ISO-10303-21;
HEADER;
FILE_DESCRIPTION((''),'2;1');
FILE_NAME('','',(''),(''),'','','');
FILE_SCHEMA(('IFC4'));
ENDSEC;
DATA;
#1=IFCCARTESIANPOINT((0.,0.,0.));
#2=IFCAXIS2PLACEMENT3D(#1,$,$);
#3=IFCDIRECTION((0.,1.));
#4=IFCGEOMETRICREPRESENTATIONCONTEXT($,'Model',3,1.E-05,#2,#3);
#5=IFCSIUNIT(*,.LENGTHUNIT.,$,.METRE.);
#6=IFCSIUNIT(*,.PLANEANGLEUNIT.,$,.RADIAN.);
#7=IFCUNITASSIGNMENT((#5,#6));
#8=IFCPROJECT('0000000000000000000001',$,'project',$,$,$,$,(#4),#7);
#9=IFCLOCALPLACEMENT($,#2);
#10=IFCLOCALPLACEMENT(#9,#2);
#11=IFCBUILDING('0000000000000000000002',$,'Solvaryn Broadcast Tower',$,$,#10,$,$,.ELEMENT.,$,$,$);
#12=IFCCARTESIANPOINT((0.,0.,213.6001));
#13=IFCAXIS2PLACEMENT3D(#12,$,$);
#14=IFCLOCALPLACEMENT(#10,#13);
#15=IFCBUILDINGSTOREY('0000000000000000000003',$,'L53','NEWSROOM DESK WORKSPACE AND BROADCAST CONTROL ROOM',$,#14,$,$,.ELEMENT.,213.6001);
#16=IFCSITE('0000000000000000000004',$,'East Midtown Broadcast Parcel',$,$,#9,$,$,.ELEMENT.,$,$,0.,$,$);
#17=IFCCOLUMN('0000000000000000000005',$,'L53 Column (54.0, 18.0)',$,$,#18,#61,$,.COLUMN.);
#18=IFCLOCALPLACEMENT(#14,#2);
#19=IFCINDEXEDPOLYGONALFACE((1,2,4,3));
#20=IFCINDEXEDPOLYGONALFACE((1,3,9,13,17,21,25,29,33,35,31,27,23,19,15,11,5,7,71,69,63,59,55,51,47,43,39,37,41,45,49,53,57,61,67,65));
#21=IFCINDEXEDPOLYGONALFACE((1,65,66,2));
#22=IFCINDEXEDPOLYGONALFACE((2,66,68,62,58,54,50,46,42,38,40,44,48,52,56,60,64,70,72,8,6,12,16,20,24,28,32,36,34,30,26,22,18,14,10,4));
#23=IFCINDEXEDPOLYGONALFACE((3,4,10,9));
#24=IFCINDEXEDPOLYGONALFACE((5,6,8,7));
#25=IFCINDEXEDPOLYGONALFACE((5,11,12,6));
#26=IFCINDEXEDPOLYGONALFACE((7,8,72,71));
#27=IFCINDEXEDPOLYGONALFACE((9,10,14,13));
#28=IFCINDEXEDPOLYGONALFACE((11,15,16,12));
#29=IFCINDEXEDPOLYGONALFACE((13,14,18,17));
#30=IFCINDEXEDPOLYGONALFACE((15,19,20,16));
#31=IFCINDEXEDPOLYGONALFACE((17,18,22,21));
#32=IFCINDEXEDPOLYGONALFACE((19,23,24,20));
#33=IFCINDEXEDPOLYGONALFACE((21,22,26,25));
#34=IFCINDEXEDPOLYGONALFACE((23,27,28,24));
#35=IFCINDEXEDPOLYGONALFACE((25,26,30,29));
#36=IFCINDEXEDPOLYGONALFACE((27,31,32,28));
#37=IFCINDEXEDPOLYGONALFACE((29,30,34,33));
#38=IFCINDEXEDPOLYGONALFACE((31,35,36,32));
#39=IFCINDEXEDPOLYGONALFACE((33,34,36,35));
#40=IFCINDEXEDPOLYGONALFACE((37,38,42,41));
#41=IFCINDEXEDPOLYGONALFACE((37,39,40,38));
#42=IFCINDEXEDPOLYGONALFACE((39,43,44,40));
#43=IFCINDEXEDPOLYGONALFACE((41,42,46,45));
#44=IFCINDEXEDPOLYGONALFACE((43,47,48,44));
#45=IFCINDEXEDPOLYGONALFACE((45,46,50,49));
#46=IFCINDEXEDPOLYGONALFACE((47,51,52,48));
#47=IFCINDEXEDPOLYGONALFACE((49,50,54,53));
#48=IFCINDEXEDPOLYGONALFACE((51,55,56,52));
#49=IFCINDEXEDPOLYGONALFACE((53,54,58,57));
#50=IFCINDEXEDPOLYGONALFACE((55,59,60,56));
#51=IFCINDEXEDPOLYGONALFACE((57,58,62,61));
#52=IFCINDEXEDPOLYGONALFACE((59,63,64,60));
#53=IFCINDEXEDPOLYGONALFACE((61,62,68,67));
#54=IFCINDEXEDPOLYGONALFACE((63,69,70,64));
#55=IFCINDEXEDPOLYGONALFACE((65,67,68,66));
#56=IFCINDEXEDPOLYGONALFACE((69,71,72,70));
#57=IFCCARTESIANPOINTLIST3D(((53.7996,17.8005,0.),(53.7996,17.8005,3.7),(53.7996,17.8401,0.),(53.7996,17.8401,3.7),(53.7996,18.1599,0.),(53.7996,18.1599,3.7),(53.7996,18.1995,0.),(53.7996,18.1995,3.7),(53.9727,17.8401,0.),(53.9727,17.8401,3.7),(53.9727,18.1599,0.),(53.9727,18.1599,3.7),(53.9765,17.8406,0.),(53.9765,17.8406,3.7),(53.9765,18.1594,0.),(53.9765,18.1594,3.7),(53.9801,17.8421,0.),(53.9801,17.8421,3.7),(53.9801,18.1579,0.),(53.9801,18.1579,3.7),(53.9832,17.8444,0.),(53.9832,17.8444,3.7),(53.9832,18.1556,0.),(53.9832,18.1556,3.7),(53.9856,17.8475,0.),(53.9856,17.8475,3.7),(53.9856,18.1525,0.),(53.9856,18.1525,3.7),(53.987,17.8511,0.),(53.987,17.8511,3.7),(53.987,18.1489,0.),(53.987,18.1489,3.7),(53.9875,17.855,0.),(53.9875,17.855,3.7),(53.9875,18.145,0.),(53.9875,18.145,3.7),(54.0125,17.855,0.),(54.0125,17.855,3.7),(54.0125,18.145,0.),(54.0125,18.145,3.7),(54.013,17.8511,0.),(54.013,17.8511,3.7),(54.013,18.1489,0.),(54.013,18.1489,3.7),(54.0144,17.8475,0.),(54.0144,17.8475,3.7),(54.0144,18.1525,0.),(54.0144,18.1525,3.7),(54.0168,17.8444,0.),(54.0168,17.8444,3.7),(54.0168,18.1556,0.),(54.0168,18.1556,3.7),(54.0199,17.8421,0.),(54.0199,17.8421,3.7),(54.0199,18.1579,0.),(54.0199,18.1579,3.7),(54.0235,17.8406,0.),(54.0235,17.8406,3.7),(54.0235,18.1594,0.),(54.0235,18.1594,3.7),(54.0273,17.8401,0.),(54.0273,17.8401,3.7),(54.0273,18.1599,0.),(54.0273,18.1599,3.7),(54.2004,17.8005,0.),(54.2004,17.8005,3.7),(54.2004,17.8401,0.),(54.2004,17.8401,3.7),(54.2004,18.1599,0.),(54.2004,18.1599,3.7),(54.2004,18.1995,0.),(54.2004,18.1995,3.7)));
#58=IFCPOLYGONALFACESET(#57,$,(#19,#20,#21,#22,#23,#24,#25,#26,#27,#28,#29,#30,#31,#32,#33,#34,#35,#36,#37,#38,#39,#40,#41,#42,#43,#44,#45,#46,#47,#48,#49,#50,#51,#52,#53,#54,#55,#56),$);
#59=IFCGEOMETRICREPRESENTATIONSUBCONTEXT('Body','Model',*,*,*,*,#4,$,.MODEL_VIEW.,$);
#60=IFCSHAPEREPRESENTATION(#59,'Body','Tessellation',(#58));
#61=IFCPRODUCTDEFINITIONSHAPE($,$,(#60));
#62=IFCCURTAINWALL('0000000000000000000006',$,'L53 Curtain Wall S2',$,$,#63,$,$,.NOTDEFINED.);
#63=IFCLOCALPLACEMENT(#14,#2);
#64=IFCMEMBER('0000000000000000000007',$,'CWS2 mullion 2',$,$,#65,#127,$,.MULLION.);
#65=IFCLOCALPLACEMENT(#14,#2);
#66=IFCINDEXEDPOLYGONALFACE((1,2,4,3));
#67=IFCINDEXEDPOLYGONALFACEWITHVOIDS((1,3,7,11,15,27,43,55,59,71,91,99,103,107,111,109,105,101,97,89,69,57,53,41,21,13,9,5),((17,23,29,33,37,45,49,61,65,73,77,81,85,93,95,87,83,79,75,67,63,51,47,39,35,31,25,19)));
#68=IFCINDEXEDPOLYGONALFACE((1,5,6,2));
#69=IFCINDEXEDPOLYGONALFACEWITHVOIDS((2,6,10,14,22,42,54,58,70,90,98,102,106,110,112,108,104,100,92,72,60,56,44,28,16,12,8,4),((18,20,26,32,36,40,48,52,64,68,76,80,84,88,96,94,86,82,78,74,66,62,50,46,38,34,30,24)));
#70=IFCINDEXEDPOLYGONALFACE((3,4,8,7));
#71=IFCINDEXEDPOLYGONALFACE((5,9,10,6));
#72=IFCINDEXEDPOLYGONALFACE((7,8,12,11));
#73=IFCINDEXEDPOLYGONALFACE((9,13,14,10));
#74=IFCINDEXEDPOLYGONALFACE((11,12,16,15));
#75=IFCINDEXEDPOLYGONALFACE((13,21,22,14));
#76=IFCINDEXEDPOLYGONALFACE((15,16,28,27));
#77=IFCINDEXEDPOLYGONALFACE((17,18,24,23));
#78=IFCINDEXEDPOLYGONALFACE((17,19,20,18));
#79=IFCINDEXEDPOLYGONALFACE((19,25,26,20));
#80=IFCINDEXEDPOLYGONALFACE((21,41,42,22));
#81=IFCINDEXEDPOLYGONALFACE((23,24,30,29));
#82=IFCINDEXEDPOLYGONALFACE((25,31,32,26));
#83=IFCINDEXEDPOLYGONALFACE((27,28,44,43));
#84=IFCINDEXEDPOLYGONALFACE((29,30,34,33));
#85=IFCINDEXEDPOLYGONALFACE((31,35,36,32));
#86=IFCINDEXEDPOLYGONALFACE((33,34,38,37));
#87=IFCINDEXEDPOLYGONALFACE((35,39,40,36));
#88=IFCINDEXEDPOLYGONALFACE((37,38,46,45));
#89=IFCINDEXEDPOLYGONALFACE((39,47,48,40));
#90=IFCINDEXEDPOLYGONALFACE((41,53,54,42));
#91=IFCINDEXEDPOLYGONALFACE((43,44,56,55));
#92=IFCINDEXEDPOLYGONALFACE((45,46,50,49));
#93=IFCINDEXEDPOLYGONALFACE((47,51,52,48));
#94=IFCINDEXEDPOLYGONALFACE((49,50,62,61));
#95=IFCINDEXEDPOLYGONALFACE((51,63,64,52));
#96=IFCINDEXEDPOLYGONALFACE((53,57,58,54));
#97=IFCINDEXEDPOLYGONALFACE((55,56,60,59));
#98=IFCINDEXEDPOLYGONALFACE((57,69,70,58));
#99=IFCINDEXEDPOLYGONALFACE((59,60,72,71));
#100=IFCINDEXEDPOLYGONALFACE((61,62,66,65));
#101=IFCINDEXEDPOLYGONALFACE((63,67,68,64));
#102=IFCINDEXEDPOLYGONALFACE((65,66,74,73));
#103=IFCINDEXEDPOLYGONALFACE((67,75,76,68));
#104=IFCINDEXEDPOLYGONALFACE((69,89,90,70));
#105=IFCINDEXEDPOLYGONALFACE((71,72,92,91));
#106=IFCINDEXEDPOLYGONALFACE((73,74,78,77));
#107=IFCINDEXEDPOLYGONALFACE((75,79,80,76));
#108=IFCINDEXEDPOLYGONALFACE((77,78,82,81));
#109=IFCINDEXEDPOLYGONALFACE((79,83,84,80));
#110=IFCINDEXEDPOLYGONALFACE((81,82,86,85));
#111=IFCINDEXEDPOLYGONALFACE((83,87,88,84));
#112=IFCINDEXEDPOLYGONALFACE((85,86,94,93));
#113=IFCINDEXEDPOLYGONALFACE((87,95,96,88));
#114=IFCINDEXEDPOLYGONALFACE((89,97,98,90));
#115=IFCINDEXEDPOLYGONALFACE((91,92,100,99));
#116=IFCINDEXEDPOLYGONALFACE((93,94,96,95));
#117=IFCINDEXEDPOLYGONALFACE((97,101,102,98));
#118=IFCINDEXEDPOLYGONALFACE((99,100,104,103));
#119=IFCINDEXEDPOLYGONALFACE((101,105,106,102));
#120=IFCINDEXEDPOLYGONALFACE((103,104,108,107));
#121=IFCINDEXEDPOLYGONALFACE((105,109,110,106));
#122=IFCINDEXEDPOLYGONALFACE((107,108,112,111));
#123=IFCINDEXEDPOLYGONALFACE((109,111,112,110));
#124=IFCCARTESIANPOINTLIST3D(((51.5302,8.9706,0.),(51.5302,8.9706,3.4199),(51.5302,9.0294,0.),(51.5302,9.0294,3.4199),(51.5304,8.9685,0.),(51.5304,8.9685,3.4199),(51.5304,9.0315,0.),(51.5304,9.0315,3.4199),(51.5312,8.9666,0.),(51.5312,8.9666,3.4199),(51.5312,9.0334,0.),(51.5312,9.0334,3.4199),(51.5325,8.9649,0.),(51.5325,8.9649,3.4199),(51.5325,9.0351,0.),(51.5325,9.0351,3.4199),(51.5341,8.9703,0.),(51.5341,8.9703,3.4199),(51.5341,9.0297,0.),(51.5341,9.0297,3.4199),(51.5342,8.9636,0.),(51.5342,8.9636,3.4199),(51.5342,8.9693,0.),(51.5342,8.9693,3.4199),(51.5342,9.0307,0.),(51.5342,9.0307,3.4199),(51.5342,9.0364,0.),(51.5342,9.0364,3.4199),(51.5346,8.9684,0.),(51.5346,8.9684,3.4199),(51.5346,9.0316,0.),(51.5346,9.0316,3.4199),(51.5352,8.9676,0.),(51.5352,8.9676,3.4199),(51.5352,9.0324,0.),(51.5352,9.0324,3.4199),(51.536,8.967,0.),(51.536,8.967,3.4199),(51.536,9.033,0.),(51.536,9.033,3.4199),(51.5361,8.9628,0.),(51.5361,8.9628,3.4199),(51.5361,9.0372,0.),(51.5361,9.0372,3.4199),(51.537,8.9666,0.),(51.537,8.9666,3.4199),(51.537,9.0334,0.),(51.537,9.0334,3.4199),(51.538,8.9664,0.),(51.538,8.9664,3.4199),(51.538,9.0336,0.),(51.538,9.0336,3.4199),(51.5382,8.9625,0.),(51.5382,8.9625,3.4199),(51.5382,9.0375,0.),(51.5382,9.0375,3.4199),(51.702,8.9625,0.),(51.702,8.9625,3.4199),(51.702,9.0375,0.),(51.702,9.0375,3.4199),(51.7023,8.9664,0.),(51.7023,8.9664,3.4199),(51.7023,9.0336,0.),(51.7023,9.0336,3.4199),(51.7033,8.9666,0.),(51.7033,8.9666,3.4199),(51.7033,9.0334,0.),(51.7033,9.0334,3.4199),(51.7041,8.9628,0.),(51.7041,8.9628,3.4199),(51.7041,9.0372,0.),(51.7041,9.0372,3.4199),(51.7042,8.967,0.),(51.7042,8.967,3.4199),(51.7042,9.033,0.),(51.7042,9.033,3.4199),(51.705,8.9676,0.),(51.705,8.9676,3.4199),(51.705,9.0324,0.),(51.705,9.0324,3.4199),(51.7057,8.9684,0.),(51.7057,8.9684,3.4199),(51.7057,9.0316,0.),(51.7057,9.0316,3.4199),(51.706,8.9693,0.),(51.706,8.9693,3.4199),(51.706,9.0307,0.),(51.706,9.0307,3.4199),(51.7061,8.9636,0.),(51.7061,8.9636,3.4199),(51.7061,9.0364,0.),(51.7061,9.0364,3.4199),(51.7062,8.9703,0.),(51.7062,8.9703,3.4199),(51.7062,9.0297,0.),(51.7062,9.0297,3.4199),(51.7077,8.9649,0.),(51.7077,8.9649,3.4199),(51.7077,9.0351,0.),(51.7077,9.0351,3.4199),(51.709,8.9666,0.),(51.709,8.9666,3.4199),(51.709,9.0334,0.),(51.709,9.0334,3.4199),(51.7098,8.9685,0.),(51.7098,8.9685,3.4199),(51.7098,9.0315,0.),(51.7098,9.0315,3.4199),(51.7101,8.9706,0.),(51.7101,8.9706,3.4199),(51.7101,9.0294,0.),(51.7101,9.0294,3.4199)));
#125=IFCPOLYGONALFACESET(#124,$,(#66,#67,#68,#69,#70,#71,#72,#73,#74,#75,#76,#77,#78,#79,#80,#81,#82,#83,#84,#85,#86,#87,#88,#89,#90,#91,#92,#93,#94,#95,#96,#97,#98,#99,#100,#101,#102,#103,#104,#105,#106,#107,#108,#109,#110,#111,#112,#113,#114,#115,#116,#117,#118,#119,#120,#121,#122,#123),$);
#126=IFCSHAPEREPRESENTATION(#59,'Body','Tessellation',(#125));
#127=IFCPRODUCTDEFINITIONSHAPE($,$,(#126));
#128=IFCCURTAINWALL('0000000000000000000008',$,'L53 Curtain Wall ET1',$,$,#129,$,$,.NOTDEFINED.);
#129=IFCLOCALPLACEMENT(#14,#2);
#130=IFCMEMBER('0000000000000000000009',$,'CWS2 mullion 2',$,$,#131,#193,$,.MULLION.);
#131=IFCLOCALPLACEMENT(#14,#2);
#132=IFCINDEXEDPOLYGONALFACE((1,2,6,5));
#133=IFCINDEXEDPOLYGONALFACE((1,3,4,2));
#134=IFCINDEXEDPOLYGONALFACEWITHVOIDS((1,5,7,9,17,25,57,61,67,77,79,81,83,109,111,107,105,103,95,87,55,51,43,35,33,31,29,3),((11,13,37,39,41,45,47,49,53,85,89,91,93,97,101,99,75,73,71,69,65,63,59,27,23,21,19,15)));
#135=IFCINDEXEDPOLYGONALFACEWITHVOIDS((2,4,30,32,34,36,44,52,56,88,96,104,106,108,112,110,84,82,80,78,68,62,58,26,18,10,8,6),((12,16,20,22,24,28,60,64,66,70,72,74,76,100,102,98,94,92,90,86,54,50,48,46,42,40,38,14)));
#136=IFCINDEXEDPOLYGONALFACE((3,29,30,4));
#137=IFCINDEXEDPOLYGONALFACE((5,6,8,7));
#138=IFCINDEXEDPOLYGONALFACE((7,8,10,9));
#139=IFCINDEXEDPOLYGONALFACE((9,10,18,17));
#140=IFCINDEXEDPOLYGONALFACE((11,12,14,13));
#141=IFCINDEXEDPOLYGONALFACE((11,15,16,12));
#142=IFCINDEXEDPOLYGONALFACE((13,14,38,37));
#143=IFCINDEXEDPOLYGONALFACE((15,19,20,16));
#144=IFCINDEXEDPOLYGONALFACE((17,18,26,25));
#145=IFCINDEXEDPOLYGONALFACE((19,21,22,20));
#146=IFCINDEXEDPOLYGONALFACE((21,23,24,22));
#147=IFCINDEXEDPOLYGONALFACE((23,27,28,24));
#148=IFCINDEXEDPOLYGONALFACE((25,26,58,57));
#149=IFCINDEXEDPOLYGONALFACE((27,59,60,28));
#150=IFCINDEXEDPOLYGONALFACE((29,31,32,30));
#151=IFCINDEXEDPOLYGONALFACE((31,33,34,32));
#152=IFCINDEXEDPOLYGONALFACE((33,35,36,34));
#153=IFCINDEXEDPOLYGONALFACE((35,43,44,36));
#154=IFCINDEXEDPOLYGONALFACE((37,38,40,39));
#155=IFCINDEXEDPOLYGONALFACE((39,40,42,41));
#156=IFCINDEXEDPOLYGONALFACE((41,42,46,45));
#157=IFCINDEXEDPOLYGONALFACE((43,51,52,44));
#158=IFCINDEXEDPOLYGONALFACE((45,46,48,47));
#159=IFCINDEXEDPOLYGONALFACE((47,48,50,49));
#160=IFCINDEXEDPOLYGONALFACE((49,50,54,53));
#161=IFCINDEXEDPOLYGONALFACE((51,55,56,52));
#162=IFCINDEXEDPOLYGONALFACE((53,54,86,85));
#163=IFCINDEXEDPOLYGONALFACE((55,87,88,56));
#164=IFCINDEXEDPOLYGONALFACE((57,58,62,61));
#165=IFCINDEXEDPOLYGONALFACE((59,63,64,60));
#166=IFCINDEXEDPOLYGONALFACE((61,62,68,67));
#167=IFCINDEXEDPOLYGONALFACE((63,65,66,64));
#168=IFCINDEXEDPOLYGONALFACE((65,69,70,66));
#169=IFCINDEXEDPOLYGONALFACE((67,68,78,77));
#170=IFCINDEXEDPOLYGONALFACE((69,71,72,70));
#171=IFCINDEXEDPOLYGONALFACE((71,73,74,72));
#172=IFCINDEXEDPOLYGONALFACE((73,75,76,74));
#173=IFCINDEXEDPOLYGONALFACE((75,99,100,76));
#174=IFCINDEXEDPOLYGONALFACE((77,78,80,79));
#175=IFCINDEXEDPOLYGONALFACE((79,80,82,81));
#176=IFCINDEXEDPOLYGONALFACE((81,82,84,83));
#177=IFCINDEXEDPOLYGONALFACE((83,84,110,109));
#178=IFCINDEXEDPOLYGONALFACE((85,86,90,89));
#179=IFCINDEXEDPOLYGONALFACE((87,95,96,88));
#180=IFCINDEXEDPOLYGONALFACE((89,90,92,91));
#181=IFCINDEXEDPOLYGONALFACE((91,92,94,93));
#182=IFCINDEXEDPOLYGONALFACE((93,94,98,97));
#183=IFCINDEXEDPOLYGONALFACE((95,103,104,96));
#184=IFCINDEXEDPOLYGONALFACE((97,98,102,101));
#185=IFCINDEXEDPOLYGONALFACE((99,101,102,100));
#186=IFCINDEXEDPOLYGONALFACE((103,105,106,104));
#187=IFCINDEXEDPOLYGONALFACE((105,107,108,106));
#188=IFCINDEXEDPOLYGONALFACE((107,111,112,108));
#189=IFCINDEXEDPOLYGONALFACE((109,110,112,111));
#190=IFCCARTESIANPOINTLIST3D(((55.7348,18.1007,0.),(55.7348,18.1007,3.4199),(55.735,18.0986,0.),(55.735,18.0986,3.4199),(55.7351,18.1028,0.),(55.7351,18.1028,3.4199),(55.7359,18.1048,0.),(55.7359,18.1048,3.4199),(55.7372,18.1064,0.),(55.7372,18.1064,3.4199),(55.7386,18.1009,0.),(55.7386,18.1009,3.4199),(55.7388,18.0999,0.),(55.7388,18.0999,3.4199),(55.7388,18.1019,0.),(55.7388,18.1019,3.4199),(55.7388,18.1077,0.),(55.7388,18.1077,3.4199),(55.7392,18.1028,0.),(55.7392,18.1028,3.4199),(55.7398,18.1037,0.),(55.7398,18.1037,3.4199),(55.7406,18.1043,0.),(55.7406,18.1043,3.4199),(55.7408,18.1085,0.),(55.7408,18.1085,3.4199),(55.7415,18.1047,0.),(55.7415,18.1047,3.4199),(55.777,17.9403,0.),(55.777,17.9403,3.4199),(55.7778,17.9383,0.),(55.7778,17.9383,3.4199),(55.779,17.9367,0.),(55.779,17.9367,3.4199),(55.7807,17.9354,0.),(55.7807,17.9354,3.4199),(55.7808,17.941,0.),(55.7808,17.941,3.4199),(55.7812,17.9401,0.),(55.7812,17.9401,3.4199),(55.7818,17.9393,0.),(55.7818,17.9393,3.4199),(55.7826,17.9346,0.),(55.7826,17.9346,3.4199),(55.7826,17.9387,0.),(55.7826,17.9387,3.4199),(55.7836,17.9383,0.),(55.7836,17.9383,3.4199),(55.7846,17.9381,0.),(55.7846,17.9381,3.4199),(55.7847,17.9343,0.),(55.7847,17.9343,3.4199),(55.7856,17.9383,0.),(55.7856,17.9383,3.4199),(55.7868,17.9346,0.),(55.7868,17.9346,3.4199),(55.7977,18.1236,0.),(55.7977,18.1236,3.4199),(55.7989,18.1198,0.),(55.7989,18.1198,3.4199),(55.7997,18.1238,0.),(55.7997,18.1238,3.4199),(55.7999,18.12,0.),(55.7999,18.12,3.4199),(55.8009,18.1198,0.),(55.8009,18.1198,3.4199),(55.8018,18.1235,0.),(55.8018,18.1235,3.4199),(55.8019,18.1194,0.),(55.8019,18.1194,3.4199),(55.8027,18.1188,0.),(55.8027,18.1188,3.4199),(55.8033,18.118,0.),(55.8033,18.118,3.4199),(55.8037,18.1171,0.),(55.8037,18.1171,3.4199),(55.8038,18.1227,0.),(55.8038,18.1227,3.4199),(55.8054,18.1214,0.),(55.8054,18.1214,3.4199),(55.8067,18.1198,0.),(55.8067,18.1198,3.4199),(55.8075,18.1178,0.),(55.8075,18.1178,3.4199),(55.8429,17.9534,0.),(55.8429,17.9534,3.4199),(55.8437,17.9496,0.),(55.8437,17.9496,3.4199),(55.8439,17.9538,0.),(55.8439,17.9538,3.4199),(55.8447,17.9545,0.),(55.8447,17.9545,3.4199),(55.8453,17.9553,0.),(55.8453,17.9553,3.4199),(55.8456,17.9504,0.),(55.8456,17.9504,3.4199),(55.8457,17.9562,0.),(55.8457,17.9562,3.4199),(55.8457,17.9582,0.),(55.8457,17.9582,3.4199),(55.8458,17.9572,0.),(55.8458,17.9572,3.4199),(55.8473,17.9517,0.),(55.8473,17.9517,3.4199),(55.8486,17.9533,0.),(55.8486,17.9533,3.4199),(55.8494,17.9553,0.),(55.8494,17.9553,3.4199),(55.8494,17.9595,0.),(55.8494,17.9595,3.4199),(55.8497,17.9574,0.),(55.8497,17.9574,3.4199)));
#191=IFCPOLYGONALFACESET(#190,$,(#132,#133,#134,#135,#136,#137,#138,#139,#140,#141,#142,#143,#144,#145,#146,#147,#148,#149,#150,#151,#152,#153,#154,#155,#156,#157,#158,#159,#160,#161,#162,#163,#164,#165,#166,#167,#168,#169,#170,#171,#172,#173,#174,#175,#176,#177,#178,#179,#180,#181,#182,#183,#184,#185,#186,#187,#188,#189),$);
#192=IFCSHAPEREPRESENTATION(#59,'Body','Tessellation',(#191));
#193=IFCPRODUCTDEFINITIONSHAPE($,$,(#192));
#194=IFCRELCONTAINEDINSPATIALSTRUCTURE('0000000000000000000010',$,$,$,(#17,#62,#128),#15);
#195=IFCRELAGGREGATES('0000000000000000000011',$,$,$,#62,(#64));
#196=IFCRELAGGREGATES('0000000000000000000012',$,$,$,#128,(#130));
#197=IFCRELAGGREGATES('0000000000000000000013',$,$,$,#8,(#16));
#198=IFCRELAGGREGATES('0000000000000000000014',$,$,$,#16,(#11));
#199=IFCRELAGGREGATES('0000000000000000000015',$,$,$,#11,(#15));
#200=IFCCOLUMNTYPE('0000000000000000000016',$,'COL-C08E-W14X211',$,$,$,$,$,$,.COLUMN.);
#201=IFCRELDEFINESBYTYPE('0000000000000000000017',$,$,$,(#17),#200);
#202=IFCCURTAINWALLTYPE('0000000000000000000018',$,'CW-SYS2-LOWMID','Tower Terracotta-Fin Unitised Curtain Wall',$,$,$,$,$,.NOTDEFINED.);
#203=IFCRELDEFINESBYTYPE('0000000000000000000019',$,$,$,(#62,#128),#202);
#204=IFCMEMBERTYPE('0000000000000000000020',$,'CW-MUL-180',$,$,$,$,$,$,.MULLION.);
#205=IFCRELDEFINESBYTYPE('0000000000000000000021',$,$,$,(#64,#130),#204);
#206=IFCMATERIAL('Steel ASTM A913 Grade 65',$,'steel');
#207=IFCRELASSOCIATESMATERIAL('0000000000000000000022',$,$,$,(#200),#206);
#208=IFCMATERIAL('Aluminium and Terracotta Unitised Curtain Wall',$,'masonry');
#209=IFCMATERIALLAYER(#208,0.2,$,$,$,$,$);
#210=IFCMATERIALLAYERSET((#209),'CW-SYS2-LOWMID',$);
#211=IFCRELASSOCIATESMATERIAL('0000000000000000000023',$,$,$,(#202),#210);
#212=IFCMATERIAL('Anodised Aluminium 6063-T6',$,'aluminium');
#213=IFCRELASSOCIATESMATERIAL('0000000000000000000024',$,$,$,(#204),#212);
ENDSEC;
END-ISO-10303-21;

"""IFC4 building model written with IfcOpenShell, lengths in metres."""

from ifc_helpers import new_model, si_unit, direction, frame, origin, origin_2d, place, context, subcontext, project, spatial, hollow_rectangle, i_section, extrude, material, layer, layer_set, material_profile, profile_set, type_object, element, aggregate, save


model = new_model("IFC4")

# Units and contexts
model_context = context("Model", 3, precision=1e-05, world=origin(), true_north=direction((0.0, 1.0)))
body_context = subcontext(model_context, "Body", "Model", "MODEL_VIEW")
ifc_project = project(units=[si_unit("LENGTHUNIT", "METRE"), si_unit("PLANEANGLEUNIT", "RADIAN")], contexts=[model_context])

# Site, building, storey
site_placement = place(None, origin())
site = spatial("IfcSite", under=ifc_project, at=site_placement, Name="East Midtown Broadcast Parcel", CompositionType="ELEMENT", RefElevation=0.0)
building_placement = place(site_placement, origin())
building = spatial("IfcBuilding", under=site, at=building_placement, Name="Solvaryn Broadcast Tower", CompositionType="ELEMENT")
storey_placement = place(building_placement, frame((0.0, 0.0, 213.6001)))
storey = spatial("IfcBuildingStorey", under=building, at=storey_placement, Name="L53", Description="NEWSROOM DESK WORKSPACE AND BROADCAST CONTROL ROOM", CompositionType="ELEMENT", Elevation=213.6001)

# Column
ifc_material_1 = material(Name="Steel ASTM A913 Grade 65", Category="steel")
ifc_material_profile_1 = material_profile(ifc_material_1, i_section(OverallWidth=0.4009, OverallDepth=0.3989, WebThickness=0.0249, FlangeThickness=0.0396, FilletRadius=0.0149, at=origin_2d()))
ifc_profile_set_1 = profile_set([ifc_material_profile_1], Name="Steel ASTM A913 Grade 65")
column_type = type_object("IfcColumnType", Name="COL-C08E-W14X211", PredefinedType="COLUMN", material=ifc_profile_set_1)
column_placement = place(storey_placement, frame((54.0, 18.0, 0.0), z_axis=(0.0, 0.0, 1.0), x_axis=(1.0, 0.0, 0.0)))
element("IfcColumn", 1, at=column_placement, inside=storey, type_object=column_type, Name="L53 Column (54.0, 18.0)", PredefinedType="COLUMN", context=body_context, shape_type="SweptSolid", body=[
    extrude(i_section(OverallWidth=0.4009, OverallDepth=0.3989, WebThickness=0.0249, FlangeThickness=0.0396, FilletRadius=0.0149, at=origin_2d()), origin(), (0.0, 0.0, 1.0), 3.7),
])

# Curtain walls, members
ifc_material_2 = material(Name="Aluminium and Terracotta Unitised Curtain Wall", Category="masonry")
ifc_layer_1 = layer(ifc_material_2, 0.2)
ifc_layer_set_1 = layer_set([ifc_layer_1], Name="CW-SYS2-LOWMID")
curtain_wall_type = type_object("IfcCurtainWallType", Name="CW-SYS2-LOWMID", Description="Tower Terracotta-Fin Unitised Curtain Wall", PredefinedType="NOTDEFINED", material=ifc_layer_set_1)
curtain_wall_1_placement = place(storey_placement, origin())
curtain_wall_1 = element("IfcCurtainWall", 2, at=curtain_wall_1_placement, inside=storey, type_object=curtain_wall_type, Name="L53 Curtain Wall S2", PredefinedType="NOTDEFINED")
ifc_material_3 = material(Name="Anodised Aluminium 6063-T6", Category="aluminium")
ifc_material_profile_2 = material_profile(ifc_material_3, hollow_rectangle(XDim=0.075, YDim=0.1799, WallThickness=0.0039, InnerFilletRadius=0.0039, OuterFilletRadius=0.0081, at=origin_2d()))
ifc_profile_set_2 = profile_set([ifc_material_profile_2], Name="Anodised Aluminium 6063-T6")
member_type_1 = type_object("IfcMemberType", Name="CW-MUL-180", PredefinedType="MULLION", material=ifc_profile_set_2)
member_1_placement = place(storey_placement, frame((51.6201, 9.0, 0.0), z_axis=(0.0, 0.0, 1.0), x_axis=(0.0, 1.0, 0.0)))
member_1 = element("IfcMember", 3, at=member_1_placement, type_object=member_type_1, Name="CWS2 mullion 2", PredefinedType="MULLION", context=body_context, shape_type="SweptSolid", body=[
    extrude(hollow_rectangle(XDim=0.075, YDim=0.1799, WallThickness=0.0039, InnerFilletRadius=0.0039, OuterFilletRadius=0.0081, at=origin_2d()), origin(), (0.0, 0.0, 1.0), 3.4199),
])
aggregate(curtain_wall_1, [member_1])
curtain_wall_2_placement = place(storey_placement, origin())
curtain_wall_2 = element("IfcCurtainWall", 4, at=curtain_wall_2_placement, inside=storey, type_object=curtain_wall_type, Name="L53 Curtain Wall ET1", PredefinedType="NOTDEFINED")
member_2_placement = place(storey_placement, frame((55.7922, 18.0291, 0.0), z_axis=(0.0, 0.0, 1.0), x_axis=(0.966705, 0.255893, 0.0)))
member_2 = element("IfcMember", 5, at=member_2_placement, type_object=member_type_1, Name="CWS2 mullion 2", PredefinedType="MULLION", context=body_context, shape_type="SweptSolid", body=[
    extrude(hollow_rectangle(XDim=0.075, YDim=0.1799, WallThickness=0.0039, InnerFilletRadius=0.0039, OuterFilletRadius=0.0081, at=origin_2d()), origin(), (0.0, 0.0, 1.0), 3.4199),
])
aggregate(curtain_wall_2, [member_2])

save(model, "model.ifc")
